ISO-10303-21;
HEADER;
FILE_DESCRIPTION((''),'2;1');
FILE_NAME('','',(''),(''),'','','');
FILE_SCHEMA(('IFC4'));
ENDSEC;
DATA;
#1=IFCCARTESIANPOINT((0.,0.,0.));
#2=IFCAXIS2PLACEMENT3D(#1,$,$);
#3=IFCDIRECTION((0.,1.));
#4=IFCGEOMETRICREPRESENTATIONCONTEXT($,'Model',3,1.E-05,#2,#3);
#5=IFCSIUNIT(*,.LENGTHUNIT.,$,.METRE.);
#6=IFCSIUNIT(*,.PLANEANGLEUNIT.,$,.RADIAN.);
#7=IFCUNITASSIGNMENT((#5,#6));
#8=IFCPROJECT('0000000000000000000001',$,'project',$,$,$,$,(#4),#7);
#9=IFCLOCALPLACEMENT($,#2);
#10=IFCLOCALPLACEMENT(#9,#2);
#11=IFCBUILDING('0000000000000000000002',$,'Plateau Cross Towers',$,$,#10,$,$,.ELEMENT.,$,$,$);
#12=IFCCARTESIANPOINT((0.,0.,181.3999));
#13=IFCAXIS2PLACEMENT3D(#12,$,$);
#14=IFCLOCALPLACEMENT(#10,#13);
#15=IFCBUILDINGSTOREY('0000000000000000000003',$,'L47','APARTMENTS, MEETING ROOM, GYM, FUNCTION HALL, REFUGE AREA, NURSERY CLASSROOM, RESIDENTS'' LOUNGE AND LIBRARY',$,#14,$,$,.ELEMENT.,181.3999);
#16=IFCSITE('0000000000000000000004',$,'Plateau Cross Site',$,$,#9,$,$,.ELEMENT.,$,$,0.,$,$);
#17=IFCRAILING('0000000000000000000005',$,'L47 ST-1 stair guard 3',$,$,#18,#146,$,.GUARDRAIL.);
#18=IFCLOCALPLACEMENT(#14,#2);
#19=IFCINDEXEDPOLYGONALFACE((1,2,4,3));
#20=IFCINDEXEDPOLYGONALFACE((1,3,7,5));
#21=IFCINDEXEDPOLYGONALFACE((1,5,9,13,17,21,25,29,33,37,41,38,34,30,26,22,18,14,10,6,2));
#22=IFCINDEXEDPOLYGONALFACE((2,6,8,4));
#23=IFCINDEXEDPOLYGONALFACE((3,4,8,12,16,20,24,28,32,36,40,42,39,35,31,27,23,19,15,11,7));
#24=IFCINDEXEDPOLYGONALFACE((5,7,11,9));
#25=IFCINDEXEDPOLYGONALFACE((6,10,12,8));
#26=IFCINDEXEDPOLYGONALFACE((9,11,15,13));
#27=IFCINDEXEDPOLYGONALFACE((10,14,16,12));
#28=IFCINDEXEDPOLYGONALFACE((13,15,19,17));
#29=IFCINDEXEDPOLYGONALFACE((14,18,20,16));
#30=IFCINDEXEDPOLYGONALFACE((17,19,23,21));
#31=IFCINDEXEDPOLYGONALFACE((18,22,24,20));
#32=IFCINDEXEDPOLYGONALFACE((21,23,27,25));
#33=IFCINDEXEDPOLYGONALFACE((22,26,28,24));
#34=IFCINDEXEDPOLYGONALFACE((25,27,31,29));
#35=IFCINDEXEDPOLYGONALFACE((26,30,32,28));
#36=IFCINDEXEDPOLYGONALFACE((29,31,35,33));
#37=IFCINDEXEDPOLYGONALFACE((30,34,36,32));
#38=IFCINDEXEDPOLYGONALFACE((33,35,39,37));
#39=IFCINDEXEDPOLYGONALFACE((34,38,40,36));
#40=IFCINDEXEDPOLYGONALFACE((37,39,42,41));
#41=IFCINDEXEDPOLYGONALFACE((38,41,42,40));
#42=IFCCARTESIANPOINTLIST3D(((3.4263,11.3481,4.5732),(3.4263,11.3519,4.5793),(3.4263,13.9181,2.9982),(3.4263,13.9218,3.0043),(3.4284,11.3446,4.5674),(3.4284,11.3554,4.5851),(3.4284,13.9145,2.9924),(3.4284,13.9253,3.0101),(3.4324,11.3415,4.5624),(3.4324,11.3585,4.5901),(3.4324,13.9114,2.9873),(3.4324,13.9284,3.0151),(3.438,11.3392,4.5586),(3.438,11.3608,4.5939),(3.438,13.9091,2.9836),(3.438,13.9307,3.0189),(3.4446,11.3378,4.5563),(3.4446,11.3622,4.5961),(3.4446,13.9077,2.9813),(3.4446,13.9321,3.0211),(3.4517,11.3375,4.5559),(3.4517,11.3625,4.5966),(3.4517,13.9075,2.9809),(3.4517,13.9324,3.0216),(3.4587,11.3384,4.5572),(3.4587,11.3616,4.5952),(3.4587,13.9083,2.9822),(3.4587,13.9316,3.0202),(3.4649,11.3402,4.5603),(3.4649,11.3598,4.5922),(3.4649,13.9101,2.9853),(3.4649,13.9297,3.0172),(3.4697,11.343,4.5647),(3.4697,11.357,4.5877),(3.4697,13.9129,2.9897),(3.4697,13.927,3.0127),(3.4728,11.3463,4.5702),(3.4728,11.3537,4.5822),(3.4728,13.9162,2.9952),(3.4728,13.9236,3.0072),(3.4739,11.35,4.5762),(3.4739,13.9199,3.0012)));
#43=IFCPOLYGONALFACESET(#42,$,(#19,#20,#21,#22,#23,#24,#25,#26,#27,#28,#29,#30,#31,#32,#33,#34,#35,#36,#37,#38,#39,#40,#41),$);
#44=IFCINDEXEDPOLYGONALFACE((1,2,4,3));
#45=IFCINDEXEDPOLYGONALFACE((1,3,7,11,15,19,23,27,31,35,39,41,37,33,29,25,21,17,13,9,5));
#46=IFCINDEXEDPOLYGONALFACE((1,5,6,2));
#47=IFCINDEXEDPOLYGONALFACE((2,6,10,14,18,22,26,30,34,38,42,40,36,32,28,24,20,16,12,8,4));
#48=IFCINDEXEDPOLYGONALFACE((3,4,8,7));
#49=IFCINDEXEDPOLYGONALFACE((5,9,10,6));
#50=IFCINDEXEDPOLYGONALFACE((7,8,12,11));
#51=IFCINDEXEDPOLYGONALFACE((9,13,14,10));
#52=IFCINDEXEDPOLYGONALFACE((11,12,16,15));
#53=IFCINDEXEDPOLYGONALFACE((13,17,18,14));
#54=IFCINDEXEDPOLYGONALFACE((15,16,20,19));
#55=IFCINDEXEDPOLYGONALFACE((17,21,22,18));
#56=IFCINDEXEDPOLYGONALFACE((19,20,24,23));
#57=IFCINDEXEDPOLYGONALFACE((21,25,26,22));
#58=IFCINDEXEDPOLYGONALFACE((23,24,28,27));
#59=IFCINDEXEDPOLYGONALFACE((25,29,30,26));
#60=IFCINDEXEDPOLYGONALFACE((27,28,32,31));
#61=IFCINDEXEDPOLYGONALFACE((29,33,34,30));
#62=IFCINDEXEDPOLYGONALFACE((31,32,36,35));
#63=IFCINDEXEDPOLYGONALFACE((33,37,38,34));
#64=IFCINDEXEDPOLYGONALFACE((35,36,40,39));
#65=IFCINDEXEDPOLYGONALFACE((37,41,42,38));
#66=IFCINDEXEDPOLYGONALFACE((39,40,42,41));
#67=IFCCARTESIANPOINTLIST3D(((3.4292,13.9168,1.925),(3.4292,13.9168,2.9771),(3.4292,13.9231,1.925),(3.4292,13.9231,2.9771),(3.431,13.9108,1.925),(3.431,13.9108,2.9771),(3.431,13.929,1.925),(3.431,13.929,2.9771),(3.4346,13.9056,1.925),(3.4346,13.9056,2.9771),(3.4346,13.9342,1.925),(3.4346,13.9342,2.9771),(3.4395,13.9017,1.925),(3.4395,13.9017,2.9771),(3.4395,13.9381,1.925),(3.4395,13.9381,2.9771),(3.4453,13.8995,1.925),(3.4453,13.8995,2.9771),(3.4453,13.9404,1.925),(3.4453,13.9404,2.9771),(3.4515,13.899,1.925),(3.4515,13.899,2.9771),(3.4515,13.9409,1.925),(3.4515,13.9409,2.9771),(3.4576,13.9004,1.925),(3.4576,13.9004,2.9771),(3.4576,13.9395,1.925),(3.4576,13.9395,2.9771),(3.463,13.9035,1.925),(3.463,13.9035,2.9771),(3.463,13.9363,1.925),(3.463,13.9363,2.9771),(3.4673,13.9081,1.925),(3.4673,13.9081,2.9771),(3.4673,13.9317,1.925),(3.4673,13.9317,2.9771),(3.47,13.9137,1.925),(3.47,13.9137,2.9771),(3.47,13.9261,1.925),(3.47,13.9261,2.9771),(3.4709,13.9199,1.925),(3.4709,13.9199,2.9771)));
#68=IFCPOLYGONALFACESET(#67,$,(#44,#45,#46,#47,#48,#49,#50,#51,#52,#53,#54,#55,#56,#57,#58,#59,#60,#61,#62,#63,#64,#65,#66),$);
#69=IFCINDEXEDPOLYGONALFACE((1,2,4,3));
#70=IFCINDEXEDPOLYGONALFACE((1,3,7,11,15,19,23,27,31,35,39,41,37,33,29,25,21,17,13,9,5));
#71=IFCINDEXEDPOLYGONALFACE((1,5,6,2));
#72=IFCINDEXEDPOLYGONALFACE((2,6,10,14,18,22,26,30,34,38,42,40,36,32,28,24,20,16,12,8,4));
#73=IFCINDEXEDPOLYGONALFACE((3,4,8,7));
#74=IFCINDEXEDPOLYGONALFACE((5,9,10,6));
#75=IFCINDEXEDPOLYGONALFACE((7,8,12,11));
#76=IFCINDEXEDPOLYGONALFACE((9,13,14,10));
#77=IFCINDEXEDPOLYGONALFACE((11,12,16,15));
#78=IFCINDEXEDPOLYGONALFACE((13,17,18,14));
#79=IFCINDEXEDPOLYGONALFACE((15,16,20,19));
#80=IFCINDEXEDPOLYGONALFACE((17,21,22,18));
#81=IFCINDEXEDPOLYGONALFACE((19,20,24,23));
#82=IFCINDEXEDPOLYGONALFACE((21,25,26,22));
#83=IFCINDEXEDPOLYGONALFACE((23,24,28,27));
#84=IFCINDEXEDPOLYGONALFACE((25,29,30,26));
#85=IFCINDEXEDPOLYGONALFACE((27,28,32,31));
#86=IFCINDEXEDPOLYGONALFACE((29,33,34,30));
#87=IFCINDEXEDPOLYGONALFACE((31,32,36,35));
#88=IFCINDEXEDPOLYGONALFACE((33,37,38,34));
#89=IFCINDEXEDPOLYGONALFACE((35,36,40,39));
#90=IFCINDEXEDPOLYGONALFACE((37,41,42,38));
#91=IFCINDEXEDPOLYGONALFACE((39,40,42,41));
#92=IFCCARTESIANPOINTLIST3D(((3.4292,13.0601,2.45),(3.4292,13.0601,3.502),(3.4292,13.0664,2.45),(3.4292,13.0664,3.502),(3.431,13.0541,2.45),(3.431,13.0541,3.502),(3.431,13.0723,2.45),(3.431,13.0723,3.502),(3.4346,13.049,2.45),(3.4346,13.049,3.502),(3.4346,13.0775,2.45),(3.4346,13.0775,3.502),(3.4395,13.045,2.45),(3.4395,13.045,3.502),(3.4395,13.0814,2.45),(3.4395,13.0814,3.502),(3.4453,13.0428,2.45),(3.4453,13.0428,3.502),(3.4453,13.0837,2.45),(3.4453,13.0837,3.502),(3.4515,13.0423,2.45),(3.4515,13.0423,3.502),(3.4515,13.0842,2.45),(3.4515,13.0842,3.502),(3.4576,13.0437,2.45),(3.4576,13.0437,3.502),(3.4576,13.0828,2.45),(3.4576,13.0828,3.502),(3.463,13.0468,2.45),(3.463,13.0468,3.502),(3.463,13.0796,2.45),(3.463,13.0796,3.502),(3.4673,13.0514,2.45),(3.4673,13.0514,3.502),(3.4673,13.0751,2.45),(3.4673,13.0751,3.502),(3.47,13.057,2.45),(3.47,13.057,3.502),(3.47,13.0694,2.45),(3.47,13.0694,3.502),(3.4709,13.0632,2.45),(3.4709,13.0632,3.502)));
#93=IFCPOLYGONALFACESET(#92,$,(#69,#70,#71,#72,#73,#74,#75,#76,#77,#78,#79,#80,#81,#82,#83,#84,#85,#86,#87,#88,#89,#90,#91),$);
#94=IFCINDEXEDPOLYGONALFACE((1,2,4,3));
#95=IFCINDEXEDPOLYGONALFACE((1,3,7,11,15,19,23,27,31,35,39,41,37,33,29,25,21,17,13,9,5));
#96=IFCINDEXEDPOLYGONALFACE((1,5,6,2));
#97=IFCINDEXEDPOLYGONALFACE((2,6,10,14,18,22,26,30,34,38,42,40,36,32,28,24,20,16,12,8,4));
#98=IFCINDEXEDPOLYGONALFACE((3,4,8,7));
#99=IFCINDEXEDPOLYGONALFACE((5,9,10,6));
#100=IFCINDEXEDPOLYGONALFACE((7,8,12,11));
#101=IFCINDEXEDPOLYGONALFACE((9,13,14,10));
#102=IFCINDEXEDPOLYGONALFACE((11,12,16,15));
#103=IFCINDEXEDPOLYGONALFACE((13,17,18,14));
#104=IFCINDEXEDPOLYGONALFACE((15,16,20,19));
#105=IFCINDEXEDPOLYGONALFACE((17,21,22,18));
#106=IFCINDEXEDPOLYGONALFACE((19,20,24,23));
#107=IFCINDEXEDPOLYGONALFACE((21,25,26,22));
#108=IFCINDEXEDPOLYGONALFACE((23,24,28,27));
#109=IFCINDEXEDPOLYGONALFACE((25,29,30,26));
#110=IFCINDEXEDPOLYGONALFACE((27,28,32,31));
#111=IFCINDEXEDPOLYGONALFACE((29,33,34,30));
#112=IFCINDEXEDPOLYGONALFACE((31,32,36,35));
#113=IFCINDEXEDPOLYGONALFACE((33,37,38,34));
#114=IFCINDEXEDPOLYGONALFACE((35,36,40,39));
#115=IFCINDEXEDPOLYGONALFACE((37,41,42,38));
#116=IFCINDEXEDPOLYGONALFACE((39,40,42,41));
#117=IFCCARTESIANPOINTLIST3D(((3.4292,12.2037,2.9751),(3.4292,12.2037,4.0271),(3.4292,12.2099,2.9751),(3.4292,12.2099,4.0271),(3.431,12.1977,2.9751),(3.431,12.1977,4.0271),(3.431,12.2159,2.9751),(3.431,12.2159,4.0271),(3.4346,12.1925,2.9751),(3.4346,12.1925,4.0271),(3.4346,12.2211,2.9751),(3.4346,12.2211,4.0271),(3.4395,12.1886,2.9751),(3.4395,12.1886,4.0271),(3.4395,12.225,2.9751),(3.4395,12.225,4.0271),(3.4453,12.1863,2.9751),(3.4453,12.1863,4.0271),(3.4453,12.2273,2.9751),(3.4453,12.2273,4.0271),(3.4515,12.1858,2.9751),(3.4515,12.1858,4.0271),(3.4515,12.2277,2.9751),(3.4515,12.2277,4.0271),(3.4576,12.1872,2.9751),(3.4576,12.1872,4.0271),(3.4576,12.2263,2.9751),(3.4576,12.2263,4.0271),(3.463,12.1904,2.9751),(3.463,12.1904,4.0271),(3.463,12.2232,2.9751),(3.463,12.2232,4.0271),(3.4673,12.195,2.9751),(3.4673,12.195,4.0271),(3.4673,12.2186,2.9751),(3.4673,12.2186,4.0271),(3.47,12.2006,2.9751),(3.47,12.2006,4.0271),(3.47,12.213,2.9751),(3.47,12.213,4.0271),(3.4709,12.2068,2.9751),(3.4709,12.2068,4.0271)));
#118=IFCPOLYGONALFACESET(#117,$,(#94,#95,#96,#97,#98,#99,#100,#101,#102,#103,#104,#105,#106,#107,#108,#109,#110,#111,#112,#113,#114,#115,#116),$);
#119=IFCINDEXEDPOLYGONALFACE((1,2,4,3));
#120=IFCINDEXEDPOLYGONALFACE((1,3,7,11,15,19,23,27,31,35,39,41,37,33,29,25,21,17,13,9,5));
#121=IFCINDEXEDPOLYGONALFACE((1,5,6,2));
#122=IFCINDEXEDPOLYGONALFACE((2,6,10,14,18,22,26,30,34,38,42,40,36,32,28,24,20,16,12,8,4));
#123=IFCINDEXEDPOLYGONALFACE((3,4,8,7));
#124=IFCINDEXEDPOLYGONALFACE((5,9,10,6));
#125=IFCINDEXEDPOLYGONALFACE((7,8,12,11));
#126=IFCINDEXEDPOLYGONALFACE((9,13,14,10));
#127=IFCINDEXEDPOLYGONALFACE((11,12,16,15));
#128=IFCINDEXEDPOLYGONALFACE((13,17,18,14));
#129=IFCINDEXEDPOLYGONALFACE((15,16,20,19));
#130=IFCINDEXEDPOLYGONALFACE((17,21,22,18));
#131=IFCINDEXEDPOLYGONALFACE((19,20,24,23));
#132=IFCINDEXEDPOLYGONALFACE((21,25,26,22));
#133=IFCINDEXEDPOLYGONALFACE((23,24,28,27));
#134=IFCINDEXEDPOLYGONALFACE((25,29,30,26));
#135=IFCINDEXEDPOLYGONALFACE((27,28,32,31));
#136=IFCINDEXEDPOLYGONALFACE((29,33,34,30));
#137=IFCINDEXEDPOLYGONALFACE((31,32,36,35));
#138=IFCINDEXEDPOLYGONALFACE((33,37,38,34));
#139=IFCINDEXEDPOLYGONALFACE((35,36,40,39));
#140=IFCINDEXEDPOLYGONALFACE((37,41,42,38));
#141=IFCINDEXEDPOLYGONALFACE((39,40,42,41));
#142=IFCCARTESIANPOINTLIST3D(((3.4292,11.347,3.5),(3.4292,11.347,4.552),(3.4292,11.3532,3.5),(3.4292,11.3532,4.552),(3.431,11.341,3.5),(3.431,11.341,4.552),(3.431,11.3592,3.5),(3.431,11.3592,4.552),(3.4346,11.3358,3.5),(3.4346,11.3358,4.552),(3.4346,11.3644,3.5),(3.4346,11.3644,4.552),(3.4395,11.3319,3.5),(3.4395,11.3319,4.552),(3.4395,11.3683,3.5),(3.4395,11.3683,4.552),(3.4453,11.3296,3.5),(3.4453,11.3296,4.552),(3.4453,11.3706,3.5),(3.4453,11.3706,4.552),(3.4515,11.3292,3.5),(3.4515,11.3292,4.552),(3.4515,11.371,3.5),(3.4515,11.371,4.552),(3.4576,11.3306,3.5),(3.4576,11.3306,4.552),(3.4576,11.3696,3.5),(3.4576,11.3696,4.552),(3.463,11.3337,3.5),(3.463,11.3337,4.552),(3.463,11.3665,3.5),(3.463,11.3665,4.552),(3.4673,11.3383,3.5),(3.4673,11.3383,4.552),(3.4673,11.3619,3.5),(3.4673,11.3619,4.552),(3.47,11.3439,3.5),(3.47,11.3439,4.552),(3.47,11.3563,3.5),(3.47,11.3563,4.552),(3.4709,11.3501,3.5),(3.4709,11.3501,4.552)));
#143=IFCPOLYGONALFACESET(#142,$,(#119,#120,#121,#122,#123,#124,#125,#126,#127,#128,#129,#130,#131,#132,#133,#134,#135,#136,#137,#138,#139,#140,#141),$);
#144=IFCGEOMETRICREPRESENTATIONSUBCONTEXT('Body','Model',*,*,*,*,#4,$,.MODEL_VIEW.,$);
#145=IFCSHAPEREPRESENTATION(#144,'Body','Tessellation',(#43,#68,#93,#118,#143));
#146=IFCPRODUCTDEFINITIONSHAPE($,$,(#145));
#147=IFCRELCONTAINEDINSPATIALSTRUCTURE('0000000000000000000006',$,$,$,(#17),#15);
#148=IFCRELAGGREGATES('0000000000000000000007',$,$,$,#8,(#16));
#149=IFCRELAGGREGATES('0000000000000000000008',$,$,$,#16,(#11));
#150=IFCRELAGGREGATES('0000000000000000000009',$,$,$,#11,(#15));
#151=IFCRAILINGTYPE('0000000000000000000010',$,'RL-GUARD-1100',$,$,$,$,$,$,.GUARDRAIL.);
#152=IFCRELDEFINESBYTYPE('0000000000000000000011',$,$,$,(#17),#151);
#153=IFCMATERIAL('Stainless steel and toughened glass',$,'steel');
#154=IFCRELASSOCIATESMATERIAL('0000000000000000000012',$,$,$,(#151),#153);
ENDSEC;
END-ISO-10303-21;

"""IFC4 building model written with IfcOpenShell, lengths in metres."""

from ifc_helpers import new_model, si_unit, direction, frame, origin, origin_2d, place, context, subcontext, project, spatial, circle, extrude, material, type_object, element, save


model = new_model("IFC4")

# Units and contexts
model_context = context("Model", 3, precision=1e-05, world=origin(), true_north=direction((0.0, 1.0)))
body_context = subcontext(model_context, "Body", "Model", "MODEL_VIEW")
ifc_project = project(units=[si_unit("LENGTHUNIT", "METRE"), si_unit("PLANEANGLEUNIT", "RADIAN")], contexts=[model_context])

# Site, building, storey
site_placement = place(None, origin())
site = spatial("IfcSite", under=ifc_project, at=site_placement, Name="Plateau Cross Site", CompositionType="ELEMENT", RefElevation=0.0)
building_placement = place(site_placement, origin())
building = spatial("IfcBuilding", under=site, at=building_placement, Name="Plateau Cross Towers", CompositionType="ELEMENT")
storey_placement = place(building_placement, frame((0.0, 0.0, 181.3999)))
storey = spatial("IfcBuildingStorey", under=building, at=storey_placement, Name="L47", Description="APARTMENTS, MEETING ROOM, GYM, FUNCTION HALL, REFUGE AREA, NURSERY CLASSROOM, RESIDENTS' LOUNGE AND LIBRARY", CompositionType="ELEMENT", Elevation=181.3999)

# Railing
ifc_material_1 = material(Name="Stainless steel and toughened glass", Category="steel")
railing_type_1 = type_object("IfcRailingType", Name="RL-GUARD-1100", PredefinedType="GUARDRAIL", material=ifc_material_1)
railing_1_placement = place(storey_placement, frame((3.45, 13.9199, 1.925)))
element("IfcRailing", 1, at=railing_1_placement, inside=storey, type_object=railing_type_1, Name="L47 ST-1 stair guard 3", PredefinedType="GUARDRAIL", context=body_context, shape_type="SweptSolid", body=[
    extrude(circle(Radius=0.0239, at=origin_2d()), frame((0.0, 0.0, 1.0762), z_axis=(0.0, -0.852616, 0.522537), x_axis=(1.0, 0.0, 0.0)), (0.0, 0.0, 1.0), 3.0142),
    extrude(circle(Radius=0.021, at=origin_2d()), origin(), (0.0, 0.0, 1.0), 1.052),
    extrude(circle(Radius=0.021, at=origin_2d()), frame((0.0, -0.8567, 0.5249)), (0.0, 0.0, 1.0), 1.052),
    extrude(circle(Radius=0.021, at=origin_2d()), frame((0.0, -1.7131, 1.05)), (0.0, 0.0, 1.0), 1.052),
    extrude(circle(Radius=0.021, at=origin_2d()), frame((0.0, -2.5698, 1.575)), (0.0, 0.0, 1.0), 1.052),
])

save(model, "model.ifc")
